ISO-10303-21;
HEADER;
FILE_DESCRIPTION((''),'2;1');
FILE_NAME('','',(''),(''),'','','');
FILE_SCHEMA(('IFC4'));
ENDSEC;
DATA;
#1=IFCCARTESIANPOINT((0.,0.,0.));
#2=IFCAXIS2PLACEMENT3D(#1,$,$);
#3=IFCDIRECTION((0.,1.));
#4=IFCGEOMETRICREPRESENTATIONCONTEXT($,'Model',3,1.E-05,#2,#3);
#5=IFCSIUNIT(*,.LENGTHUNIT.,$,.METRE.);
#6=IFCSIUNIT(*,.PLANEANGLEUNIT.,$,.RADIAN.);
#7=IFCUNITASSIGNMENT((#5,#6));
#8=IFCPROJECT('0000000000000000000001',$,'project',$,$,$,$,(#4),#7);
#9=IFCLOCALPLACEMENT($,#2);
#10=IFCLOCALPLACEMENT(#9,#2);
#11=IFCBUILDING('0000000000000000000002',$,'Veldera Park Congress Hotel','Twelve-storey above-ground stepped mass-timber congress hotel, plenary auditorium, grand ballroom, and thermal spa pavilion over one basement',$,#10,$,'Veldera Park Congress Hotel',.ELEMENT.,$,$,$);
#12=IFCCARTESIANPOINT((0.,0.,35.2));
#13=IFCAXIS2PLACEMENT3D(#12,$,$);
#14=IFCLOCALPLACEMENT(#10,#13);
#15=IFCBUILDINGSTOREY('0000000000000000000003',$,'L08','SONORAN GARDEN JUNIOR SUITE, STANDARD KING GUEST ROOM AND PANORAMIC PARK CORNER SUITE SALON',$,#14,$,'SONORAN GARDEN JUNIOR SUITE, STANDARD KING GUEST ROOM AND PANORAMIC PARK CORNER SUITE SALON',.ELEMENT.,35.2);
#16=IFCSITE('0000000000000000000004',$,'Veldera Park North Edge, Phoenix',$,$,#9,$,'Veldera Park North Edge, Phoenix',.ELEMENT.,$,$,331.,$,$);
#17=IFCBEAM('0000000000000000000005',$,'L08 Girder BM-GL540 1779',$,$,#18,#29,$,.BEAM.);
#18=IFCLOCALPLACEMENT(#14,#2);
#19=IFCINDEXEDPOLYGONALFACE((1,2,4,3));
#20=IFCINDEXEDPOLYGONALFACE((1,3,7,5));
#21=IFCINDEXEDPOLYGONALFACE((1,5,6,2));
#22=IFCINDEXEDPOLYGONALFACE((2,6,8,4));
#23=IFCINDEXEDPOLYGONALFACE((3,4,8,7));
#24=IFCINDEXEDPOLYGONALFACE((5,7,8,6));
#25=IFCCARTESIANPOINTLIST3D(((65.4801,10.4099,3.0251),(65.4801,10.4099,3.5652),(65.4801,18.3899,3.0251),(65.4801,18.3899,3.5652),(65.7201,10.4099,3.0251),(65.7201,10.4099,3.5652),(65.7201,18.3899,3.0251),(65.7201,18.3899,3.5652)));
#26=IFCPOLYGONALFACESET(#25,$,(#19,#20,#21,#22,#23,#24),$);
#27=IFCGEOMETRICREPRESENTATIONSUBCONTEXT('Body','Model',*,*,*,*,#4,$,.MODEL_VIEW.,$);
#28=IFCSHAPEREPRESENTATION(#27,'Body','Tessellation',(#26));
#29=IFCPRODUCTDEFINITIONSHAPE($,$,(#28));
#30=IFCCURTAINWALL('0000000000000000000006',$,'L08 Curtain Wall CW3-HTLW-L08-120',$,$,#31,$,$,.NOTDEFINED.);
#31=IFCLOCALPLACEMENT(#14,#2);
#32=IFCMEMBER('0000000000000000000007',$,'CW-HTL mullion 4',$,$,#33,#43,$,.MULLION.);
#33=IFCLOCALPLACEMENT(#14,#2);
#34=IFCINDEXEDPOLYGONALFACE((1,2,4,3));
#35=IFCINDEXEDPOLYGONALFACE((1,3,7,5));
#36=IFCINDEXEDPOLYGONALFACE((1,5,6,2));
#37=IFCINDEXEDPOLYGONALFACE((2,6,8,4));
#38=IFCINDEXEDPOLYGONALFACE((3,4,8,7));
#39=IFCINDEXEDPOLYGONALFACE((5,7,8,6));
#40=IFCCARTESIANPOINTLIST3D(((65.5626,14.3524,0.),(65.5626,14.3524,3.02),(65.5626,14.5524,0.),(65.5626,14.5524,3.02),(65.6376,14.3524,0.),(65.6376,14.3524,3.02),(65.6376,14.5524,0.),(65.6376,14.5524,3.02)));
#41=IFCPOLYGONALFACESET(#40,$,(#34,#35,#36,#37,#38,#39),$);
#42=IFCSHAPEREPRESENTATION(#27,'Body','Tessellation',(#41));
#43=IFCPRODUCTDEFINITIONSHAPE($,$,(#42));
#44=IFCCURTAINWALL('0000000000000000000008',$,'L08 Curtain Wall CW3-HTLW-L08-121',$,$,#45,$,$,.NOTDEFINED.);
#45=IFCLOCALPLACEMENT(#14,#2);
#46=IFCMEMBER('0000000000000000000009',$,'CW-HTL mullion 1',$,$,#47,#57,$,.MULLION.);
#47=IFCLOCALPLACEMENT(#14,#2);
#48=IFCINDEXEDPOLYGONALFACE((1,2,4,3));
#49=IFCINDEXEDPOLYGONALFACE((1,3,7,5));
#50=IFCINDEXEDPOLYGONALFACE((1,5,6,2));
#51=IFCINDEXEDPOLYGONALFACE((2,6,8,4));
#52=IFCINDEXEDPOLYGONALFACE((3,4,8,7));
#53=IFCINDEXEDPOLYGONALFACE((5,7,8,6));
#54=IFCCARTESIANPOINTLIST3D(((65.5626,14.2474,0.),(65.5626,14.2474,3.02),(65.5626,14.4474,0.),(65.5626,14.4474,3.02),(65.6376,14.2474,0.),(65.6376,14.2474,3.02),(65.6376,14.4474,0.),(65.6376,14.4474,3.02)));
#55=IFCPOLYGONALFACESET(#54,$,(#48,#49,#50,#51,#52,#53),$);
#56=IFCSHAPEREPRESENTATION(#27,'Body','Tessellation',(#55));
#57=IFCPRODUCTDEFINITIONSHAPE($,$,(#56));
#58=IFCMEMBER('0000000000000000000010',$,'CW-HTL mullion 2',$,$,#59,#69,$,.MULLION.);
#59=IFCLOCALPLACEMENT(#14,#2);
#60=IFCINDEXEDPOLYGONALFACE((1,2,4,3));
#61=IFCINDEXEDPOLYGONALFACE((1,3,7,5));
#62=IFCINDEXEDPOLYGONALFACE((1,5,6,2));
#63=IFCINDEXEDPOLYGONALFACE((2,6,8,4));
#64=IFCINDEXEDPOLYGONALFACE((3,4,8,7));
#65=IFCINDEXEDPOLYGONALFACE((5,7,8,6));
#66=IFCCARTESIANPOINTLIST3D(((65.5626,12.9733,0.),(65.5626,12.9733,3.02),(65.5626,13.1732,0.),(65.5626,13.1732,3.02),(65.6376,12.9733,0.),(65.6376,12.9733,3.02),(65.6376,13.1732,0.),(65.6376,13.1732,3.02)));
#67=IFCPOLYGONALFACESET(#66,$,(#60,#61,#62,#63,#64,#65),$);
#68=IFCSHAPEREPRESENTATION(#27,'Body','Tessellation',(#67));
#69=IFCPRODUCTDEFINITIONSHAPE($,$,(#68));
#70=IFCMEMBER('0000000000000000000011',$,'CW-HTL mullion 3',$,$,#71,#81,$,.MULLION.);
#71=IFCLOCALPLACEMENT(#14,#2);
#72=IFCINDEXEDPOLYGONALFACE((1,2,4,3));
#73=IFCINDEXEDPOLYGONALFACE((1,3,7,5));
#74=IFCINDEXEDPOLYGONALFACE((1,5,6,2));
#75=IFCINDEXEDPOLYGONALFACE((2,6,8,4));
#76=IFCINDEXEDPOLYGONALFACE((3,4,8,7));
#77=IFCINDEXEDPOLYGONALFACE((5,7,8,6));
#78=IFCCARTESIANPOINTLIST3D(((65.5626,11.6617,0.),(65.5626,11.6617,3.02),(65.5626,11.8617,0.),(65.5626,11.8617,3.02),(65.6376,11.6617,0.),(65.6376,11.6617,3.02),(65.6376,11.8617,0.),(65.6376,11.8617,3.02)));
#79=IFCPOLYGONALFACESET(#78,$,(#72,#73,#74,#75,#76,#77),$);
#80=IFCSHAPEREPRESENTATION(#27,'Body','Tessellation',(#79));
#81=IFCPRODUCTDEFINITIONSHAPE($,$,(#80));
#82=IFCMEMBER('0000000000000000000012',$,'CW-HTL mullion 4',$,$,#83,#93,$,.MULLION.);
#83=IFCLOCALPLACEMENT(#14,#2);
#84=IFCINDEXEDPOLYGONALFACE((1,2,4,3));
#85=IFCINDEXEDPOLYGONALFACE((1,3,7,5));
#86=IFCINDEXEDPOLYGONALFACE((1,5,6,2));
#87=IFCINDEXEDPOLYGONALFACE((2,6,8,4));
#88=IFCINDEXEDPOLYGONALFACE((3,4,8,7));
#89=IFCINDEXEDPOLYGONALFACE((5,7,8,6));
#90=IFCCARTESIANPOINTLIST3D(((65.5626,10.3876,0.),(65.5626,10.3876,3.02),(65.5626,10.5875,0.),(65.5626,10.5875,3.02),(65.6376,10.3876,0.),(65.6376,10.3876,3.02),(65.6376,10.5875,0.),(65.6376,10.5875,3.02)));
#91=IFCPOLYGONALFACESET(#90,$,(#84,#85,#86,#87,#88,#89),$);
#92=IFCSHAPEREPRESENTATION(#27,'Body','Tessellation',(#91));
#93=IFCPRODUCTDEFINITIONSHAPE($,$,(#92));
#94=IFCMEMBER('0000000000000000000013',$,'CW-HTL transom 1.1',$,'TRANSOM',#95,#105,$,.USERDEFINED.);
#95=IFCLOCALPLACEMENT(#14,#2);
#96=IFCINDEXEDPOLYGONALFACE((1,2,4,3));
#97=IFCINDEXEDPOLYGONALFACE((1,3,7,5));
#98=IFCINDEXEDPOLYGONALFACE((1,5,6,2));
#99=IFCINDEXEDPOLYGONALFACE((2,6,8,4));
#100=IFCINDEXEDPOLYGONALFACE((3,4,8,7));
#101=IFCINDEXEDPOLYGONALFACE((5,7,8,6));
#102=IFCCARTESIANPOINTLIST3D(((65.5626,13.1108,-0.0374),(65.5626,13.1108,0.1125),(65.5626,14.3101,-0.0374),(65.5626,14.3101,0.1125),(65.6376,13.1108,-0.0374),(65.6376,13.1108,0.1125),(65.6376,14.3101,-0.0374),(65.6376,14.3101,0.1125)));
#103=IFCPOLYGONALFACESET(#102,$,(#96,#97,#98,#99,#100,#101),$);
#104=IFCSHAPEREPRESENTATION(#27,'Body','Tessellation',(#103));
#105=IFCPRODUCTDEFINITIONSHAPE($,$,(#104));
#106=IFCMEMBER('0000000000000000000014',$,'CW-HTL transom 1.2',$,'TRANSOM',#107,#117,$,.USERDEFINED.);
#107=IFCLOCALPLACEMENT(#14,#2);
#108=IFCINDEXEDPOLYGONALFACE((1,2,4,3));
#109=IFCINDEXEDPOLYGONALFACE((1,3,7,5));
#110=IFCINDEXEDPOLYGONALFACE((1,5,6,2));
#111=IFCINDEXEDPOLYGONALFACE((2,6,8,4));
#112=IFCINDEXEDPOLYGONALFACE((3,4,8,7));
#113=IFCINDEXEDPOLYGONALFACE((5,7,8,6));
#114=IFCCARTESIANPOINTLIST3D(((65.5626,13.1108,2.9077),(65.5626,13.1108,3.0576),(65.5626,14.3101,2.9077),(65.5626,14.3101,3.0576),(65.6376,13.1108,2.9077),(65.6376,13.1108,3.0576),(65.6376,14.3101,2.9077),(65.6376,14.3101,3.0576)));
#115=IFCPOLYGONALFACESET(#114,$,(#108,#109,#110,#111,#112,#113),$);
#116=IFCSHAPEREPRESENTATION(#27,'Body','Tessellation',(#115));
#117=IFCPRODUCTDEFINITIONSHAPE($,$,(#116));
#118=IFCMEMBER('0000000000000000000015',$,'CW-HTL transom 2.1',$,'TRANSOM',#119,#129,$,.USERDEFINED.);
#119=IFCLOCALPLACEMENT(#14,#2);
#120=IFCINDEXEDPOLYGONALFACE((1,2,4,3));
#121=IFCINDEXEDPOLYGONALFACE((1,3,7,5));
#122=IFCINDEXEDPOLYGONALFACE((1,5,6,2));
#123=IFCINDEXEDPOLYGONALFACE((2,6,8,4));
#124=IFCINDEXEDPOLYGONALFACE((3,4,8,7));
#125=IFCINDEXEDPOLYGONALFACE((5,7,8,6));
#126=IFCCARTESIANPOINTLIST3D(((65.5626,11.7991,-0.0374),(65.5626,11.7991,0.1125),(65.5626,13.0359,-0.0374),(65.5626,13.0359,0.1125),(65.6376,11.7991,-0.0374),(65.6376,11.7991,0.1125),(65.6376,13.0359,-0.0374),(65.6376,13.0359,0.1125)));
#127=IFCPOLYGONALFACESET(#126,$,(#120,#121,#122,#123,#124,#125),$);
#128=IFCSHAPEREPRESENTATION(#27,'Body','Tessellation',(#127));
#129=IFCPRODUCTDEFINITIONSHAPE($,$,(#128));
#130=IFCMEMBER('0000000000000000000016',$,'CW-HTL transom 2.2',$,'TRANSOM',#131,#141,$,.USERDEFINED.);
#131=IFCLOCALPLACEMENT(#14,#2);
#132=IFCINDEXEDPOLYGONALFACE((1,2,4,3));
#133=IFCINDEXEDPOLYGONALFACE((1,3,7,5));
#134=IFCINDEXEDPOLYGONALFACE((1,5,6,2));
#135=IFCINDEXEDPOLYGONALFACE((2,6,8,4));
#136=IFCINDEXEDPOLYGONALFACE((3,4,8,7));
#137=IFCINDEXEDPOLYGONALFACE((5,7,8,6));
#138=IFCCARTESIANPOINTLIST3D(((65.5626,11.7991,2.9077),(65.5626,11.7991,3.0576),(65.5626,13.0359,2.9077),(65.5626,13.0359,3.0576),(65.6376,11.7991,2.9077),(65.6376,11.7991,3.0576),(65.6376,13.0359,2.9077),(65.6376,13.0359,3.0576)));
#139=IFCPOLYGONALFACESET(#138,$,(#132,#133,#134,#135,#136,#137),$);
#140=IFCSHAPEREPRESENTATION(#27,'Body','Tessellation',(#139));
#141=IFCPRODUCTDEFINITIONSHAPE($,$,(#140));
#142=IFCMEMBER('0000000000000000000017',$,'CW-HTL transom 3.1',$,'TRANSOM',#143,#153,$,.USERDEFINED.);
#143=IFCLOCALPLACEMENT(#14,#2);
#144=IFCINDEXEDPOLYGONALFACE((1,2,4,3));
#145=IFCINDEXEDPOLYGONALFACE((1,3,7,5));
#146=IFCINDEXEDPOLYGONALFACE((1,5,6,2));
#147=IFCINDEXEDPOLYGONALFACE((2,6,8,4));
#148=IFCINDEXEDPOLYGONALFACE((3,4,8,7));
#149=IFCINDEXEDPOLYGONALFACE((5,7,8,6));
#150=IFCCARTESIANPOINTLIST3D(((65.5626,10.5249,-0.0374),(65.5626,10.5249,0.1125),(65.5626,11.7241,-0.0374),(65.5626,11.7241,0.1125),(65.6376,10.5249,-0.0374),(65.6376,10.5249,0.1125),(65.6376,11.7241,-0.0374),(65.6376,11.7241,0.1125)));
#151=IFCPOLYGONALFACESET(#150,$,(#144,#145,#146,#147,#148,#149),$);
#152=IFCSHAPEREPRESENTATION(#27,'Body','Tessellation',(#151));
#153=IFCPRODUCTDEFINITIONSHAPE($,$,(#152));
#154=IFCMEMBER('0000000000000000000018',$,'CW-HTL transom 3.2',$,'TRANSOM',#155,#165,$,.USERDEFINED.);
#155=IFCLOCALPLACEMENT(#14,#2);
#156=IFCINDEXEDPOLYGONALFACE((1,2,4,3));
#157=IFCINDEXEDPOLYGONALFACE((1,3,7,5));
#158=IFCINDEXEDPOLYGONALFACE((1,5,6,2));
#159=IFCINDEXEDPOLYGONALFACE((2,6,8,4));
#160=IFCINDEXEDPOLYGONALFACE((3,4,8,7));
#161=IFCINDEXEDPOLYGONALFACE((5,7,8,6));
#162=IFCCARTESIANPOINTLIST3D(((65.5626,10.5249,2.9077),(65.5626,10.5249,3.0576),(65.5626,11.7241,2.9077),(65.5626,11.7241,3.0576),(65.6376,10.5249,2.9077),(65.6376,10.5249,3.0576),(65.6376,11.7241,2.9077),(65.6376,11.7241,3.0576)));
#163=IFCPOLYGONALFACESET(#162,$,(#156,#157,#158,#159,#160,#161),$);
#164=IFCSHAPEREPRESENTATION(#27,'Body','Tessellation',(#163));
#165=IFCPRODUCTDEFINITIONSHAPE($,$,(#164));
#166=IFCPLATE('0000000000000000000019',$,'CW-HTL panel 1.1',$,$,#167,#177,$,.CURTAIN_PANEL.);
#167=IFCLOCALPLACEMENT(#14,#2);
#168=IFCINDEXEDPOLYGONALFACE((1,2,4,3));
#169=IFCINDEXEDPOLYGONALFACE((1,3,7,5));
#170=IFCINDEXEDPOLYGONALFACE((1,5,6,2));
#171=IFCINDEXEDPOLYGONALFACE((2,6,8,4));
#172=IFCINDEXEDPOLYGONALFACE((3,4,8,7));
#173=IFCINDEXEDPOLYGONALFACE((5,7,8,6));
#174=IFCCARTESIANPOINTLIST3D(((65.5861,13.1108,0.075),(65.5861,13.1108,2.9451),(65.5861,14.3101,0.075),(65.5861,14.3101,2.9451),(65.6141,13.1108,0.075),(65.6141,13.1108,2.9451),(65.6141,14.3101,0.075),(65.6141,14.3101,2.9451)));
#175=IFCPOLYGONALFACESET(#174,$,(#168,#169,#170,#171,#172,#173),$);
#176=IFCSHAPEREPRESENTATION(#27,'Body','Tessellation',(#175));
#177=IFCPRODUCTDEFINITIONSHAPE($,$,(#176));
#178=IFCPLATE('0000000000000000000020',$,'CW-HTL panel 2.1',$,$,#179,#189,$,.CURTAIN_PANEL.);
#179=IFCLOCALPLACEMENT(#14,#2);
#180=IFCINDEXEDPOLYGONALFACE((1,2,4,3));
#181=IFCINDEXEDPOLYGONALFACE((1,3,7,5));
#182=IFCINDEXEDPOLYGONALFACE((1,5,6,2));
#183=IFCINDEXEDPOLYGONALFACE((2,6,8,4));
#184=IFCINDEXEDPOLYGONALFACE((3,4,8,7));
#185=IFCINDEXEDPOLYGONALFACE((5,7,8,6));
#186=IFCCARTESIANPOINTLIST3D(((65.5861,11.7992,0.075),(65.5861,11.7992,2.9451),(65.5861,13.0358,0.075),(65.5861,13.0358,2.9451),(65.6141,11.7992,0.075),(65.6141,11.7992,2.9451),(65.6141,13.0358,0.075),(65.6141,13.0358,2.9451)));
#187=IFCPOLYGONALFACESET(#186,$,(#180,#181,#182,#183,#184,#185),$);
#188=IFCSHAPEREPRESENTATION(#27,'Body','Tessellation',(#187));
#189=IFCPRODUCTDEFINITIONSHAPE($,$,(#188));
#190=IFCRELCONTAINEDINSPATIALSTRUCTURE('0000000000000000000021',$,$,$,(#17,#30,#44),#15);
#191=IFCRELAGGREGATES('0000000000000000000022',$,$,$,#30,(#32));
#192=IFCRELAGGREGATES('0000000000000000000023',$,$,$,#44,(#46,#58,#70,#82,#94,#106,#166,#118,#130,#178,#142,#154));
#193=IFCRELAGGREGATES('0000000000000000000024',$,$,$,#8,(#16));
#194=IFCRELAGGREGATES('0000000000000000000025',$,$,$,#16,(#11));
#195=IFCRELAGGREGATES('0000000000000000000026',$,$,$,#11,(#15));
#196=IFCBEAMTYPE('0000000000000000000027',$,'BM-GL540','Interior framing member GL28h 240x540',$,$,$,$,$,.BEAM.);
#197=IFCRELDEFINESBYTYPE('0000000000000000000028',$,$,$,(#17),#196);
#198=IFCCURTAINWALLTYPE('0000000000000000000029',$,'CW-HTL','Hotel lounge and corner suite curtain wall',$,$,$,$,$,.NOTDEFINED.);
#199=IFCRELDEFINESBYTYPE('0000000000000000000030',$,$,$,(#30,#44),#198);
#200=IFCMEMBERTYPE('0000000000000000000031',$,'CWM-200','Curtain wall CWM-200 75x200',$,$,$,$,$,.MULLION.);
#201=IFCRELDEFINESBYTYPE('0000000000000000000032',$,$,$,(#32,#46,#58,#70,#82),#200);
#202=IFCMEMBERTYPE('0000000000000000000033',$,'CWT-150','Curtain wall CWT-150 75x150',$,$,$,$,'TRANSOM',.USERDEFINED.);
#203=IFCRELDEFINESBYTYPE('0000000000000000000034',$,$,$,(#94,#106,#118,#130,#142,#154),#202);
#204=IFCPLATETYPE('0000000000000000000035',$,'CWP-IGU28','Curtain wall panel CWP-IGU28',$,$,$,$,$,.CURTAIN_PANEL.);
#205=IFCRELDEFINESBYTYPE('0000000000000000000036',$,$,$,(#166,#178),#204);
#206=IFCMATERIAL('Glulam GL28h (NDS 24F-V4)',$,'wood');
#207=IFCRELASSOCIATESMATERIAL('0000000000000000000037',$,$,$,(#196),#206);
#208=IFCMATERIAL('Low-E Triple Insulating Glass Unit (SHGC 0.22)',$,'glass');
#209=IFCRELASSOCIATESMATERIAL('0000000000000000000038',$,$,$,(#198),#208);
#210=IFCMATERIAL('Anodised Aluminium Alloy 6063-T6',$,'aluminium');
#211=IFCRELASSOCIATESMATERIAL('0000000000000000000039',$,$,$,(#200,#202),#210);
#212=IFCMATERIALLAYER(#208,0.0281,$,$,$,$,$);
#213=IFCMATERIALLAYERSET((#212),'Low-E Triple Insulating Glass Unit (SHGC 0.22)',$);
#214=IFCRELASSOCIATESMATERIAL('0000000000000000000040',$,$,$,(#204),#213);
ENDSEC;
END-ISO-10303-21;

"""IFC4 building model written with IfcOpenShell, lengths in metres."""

from ifc_helpers import new_model, si_unit, direction, frame, origin, origin_2d, place, context, subcontext, project, spatial, rectangle, extrude, material, layer, layer_set, material_profile, profile_set, type_object, element, aggregate, save


model = new_model("IFC4")

# Units and contexts
model_context = context("Model", 3, precision=1e-05, world=origin(), true_north=direction((0.0, 1.0)))
body_context = subcontext(model_context, "Body", "Model", "MODEL_VIEW")
ifc_project = project(units=[si_unit("LENGTHUNIT", "METRE"), si_unit("PLANEANGLEUNIT", "RADIAN")], contexts=[model_context])

# Site, building, storey
site_placement = place(None, origin())
site = spatial("IfcSite", under=ifc_project, at=site_placement, Name="Veldera Park North Edge, Phoenix", LongName="Veldera Park North Edge, Phoenix", CompositionType="ELEMENT", RefElevation=331.0)
building_placement = place(site_placement, origin())
building = spatial("IfcBuilding", under=site, at=building_placement, Name="Veldera Park Congress Hotel", Description="Twelve-storey above-ground stepped mass-timber congress hotel, plenary auditorium, grand ballroom, and thermal spa pavilion over one basement", LongName="Veldera Park Congress Hotel", CompositionType="ELEMENT")
storey_placement = place(building_placement, frame((0.0, 0.0, 35.2)))
storey = spatial("IfcBuildingStorey", under=building, at=storey_placement, Name="L08", Description="SONORAN GARDEN JUNIOR SUITE, STANDARD KING GUEST ROOM AND PANORAMIC PARK CORNER SUITE SALON", LongName="SONORAN GARDEN JUNIOR SUITE, STANDARD KING GUEST ROOM AND PANORAMIC PARK CORNER SUITE SALON", CompositionType="ELEMENT", Elevation=35.2)

# Beam
ifc_material_1 = material(Name="Glulam GL28h (NDS 24F-V4)", Category="wood")
ifc_material_profile_1 = material_profile(ifc_material_1, rectangle(XDim=0.24, YDim=0.54, at=origin_2d()), Name="GL28h 240x540")
ifc_profile_set_1 = profile_set([ifc_material_profile_1], Name="Glulam GL28h (NDS 24F-V4)")
beam_type = type_object("IfcBeamType", Name="BM-GL540", Description="Interior framing member GL28h 240x540", PredefinedType="BEAM", material=ifc_profile_set_1)
beam_placement = place(storey_placement, frame((65.6001, 10.4099, 3.2952), z_axis=(0.0, 1.0, 0.0), x_axis=(-1.0, 0.0, 0.0)))
element("IfcBeam", 1, at=beam_placement, inside=storey, type_object=beam_type, Name="L08 Girder BM-GL540 1779", PredefinedType="BEAM", context=body_context, shape_type="SweptSolid", body=[
    extrude(rectangle(XDim=0.24, YDim=0.54, at=origin_2d()), origin(), (0.0, 0.0, 1.0), 7.98),
])

# Curtain wall, member
ifc_material_2 = material(Name="Low-E Triple Insulating Glass Unit (SHGC 0.22)", Category="glass")
curtain_wall_type = type_object("IfcCurtainWallType", Name="CW-HTL", Description="Hotel lounge and corner suite curtain wall", PredefinedType="NOTDEFINED", material=ifc_material_2)
curtain_wall_1_placement = place(storey_placement, origin())
curtain_wall_1 = element("IfcCurtainWall", 2, at=curtain_wall_1_placement, inside=storey, type_object=curtain_wall_type, Name="L08 Curtain Wall CW3-HTLW-L08-120", PredefinedType="NOTDEFINED")
ifc_material_3 = material(Name="Anodised Aluminium Alloy 6063-T6", Category="aluminium")
ifc_material_profile_2 = material_profile(ifc_material_3, rectangle(XDim=0.075, YDim=0.2, at=origin_2d()), Name="ALU 75x200")
ifc_profile_set_2 = profile_set([ifc_material_profile_2], Name="Anodised Aluminium Alloy 6063-T6")
member_type_1 = type_object("IfcMemberType", Name="CWM-200", Description="Curtain wall CWM-200 75x200", PredefinedType="MULLION", material=ifc_profile_set_2)
member_1_placement = place(storey_placement, frame((65.6001, 14.4524, 0.0), z_axis=(0.0, 0.0, 1.0), x_axis=(1.0, 0.0, 0.0)))
member_1 = element("IfcMember", 3, at=member_1_placement, type_object=member_type_1, Name="CW-HTL mullion 4", PredefinedType="MULLION", context=body_context, shape_type="SweptSolid", body=[
    extrude(rectangle(XDim=0.075, YDim=0.2, at=origin_2d()), origin(), (0.0, 0.0, 1.0), 3.02),
])
aggregate(curtain_wall_1, [member_1])

# Curtain wall, members, plates
curtain_wall_2_placement = place(storey_placement, origin())
curtain_wall_2 = element("IfcCurtainWall", 4, at=curtain_wall_2_placement, inside=storey, type_object=curtain_wall_type, Name="L08 Curtain Wall CW3-HTLW-L08-121", PredefinedType="NOTDEFINED")
member_2_placement = place(storey_placement, frame((65.6001, 14.3474, 0.0), z_axis=(0.0, 0.0, 1.0), x_axis=(1.0, 0.0, 0.0)))
member_2 = element("IfcMember", 5, at=member_2_placement, type_object=member_type_1, Name="CW-HTL mullion 1", PredefinedType="MULLION", context=body_context, shape_type="SweptSolid", body=[
    extrude(rectangle(XDim=0.075, YDim=0.2, at=origin_2d()), origin(), (0.0, 0.0, 1.0), 3.02),
])
member_3_placement = place(storey_placement, frame((65.6001, 13.0732, 0.0), z_axis=(0.0, 0.0, 1.0), x_axis=(1.0, 0.0, 0.0)))
member_3 = element("IfcMember", 6, at=member_3_placement, type_object=member_type_1, Name="CW-HTL mullion 2", PredefinedType="MULLION", context=body_context, shape_type="SweptSolid", body=[
    extrude(rectangle(XDim=0.075, YDim=0.2, at=origin_2d()), origin(), (0.0, 0.0, 1.0), 3.02),
])
member_4_placement = place(storey_placement, frame((65.6001, 11.7617, 0.0), z_axis=(0.0, 0.0, 1.0), x_axis=(1.0, 0.0, 0.0)))
member_4 = element("IfcMember", 7, at=member_4_placement, type_object=member_type_1, Name="CW-HTL mullion 3", PredefinedType="MULLION", context=body_context, shape_type="SweptSolid", body=[
    extrude(rectangle(XDim=0.075, YDim=0.2, at=origin_2d()), origin(), (0.0, 0.0, 1.0), 3.02),
])
member_5_placement = place(storey_placement, frame((65.6001, 10.4875, 0.0), z_axis=(0.0, 0.0, 1.0), x_axis=(1.0, 0.0, 0.0)))
member_5 = element("IfcMember", 8, at=member_5_placement, type_object=member_type_1, Name="CW-HTL mullion 4", PredefinedType="MULLION", context=body_context, shape_type="SweptSolid", body=[
    extrude(rectangle(XDim=0.075, YDim=0.2, at=origin_2d()), origin(), (0.0, 0.0, 1.0), 3.02),
])
ifc_material_profile_3 = material_profile(ifc_material_3, rectangle(XDim=0.075, YDim=0.1499, at=origin_2d()), Name="ALU 75x150")
ifc_profile_set_3 = profile_set([ifc_material_profile_3], Name="Anodised Aluminium Alloy 6063-T6")
member_type_2 = type_object("IfcMemberType", Name="CWT-150", Description="Curtain wall CWT-150 75x150", ElementType="TRANSOM", PredefinedType="USERDEFINED", material=ifc_profile_set_3)
member_6_placement = place(storey_placement, frame((65.6001, 14.3101, 0.0376), z_axis=(0.0, -1.0, 0.0), x_axis=(1.0, 0.0, 0.0)))
member_6 = element("IfcMember", 9, at=member_6_placement, type_object=member_type_2, Name="CW-HTL transom 1.1", ObjectType="TRANSOM", PredefinedType="USERDEFINED", context=body_context, shape_type="SweptSolid", body=[
    extrude(rectangle(XDim=0.075, YDim=0.1499, at=origin_2d()), origin(), (0.0, 0.0, 1.0), 1.1992),
])
member_7_placement = place(storey_placement, frame((65.6001, 14.3101, 2.9827), z_axis=(0.0, -1.0, 0.0), x_axis=(1.0, 0.0, 0.0)))
member_7 = element("IfcMember", 10, at=member_7_placement, type_object=member_type_2, Name="CW-HTL transom 1.2", ObjectType="TRANSOM", PredefinedType="USERDEFINED", context=body_context, shape_type="SweptSolid", body=[
    extrude(rectangle(XDim=0.075, YDim=0.1499, at=origin_2d()), origin(), (0.0, 0.0, 1.0), 1.1992),
])
member_8_placement = place(storey_placement, frame((65.6001, 13.0359, 0.0376), z_axis=(0.0, -1.0, 0.0), x_axis=(1.0, 0.0, 0.0)))
member_8 = element("IfcMember", 11, at=member_8_placement, type_object=member_type_2, Name="CW-HTL transom 2.1", ObjectType="TRANSOM", PredefinedType="USERDEFINED", context=body_context, shape_type="SweptSolid", body=[
    extrude(rectangle(XDim=0.075, YDim=0.1499, at=origin_2d()), origin(), (0.0, 0.0, 1.0), 1.2368),
])
member_9_placement = place(storey_placement, frame((65.6001, 13.0359, 2.9827), z_axis=(0.0, -1.0, 0.0), x_axis=(1.0, 0.0, 0.0)))
member_9 = element("IfcMember", 12, at=member_9_placement, type_object=member_type_2, Name="CW-HTL transom 2.2", ObjectType="TRANSOM", PredefinedType="USERDEFINED", context=body_context, shape_type="SweptSolid", body=[
    extrude(rectangle(XDim=0.075, YDim=0.1499, at=origin_2d()), origin(), (0.0, 0.0, 1.0), 1.2368),
])
member_10_placement = place(storey_placement, frame((65.6001, 11.7241, 0.0376), z_axis=(0.0, -1.0, 0.0), x_axis=(1.0, 0.0, 0.0)))
member_10 = element("IfcMember", 13, at=member_10_placement, type_object=member_type_2, Name="CW-HTL transom 3.1", ObjectType="TRANSOM", PredefinedType="USERDEFINED", context=body_context, shape_type="SweptSolid", body=[
    extrude(rectangle(XDim=0.075, YDim=0.1499, at=origin_2d()), origin(), (0.0, 0.0, 1.0), 1.1992),
])
member_11_placement = place(storey_placement, frame((65.6001, 11.7241, 2.9827), z_axis=(0.0, -1.0, 0.0), x_axis=(1.0, 0.0, 0.0)))
member_11 = element("IfcMember", 14, at=member_11_placement, type_object=member_type_2, Name="CW-HTL transom 3.2", ObjectType="TRANSOM", PredefinedType="USERDEFINED", context=body_context, shape_type="SweptSolid", body=[
    extrude(rectangle(XDim=0.075, YDim=0.1499, at=origin_2d()), origin(), (0.0, 0.0, 1.0), 1.1992),
])
ifc_layer = layer(ifc_material_2, 0.0281)
ifc_layer_set = layer_set([ifc_layer], Name="Low-E Triple Insulating Glass Unit (SHGC 0.22)")
plate_type = type_object("IfcPlateType", Name="CWP-IGU28", Description="Curtain wall panel CWP-IGU28", PredefinedType="CURTAIN_PANEL", material=ifc_layer_set)
plate_1_placement = place(storey_placement, frame((65.6001, 13.7104, 0.075), z_axis=(0.0, 0.0, 1.0), x_axis=(0.0, -1.0, 0.0)))
plate_1 = element("IfcPlate", 15, at=plate_1_placement, type_object=plate_type, Name="CW-HTL panel 1.1", PredefinedType="CURTAIN_PANEL", context=body_context, shape_type="SweptSolid", body=[
    extrude(rectangle(XDim=1.1992, YDim=0.0281, at=origin_2d()), origin(), (0.0, 0.0, 1.0), 2.8701),
])
plate_2_placement = place(storey_placement, frame((65.6001, 12.4175, 0.075), z_axis=(0.0, 0.0, 1.0), x_axis=(0.0, -1.0, 0.0)))
plate_2 = element("IfcPlate", 16, at=plate_2_placement, type_object=plate_type, Name="CW-HTL panel 2.1", PredefinedType="CURTAIN_PANEL", context=body_context, shape_type="SweptSolid", body=[
    extrude(rectangle(XDim=1.2366, YDim=0.0281, at=origin_2d()), origin(), (0.0, 0.0, 1.0), 2.8701),
])
aggregate(curtain_wall_2, [member_2, member_3, member_4, member_5, member_6, member_7, plate_1, member_8, member_9, plate_2, member_10, member_11])

save(model, "model.ifc")
